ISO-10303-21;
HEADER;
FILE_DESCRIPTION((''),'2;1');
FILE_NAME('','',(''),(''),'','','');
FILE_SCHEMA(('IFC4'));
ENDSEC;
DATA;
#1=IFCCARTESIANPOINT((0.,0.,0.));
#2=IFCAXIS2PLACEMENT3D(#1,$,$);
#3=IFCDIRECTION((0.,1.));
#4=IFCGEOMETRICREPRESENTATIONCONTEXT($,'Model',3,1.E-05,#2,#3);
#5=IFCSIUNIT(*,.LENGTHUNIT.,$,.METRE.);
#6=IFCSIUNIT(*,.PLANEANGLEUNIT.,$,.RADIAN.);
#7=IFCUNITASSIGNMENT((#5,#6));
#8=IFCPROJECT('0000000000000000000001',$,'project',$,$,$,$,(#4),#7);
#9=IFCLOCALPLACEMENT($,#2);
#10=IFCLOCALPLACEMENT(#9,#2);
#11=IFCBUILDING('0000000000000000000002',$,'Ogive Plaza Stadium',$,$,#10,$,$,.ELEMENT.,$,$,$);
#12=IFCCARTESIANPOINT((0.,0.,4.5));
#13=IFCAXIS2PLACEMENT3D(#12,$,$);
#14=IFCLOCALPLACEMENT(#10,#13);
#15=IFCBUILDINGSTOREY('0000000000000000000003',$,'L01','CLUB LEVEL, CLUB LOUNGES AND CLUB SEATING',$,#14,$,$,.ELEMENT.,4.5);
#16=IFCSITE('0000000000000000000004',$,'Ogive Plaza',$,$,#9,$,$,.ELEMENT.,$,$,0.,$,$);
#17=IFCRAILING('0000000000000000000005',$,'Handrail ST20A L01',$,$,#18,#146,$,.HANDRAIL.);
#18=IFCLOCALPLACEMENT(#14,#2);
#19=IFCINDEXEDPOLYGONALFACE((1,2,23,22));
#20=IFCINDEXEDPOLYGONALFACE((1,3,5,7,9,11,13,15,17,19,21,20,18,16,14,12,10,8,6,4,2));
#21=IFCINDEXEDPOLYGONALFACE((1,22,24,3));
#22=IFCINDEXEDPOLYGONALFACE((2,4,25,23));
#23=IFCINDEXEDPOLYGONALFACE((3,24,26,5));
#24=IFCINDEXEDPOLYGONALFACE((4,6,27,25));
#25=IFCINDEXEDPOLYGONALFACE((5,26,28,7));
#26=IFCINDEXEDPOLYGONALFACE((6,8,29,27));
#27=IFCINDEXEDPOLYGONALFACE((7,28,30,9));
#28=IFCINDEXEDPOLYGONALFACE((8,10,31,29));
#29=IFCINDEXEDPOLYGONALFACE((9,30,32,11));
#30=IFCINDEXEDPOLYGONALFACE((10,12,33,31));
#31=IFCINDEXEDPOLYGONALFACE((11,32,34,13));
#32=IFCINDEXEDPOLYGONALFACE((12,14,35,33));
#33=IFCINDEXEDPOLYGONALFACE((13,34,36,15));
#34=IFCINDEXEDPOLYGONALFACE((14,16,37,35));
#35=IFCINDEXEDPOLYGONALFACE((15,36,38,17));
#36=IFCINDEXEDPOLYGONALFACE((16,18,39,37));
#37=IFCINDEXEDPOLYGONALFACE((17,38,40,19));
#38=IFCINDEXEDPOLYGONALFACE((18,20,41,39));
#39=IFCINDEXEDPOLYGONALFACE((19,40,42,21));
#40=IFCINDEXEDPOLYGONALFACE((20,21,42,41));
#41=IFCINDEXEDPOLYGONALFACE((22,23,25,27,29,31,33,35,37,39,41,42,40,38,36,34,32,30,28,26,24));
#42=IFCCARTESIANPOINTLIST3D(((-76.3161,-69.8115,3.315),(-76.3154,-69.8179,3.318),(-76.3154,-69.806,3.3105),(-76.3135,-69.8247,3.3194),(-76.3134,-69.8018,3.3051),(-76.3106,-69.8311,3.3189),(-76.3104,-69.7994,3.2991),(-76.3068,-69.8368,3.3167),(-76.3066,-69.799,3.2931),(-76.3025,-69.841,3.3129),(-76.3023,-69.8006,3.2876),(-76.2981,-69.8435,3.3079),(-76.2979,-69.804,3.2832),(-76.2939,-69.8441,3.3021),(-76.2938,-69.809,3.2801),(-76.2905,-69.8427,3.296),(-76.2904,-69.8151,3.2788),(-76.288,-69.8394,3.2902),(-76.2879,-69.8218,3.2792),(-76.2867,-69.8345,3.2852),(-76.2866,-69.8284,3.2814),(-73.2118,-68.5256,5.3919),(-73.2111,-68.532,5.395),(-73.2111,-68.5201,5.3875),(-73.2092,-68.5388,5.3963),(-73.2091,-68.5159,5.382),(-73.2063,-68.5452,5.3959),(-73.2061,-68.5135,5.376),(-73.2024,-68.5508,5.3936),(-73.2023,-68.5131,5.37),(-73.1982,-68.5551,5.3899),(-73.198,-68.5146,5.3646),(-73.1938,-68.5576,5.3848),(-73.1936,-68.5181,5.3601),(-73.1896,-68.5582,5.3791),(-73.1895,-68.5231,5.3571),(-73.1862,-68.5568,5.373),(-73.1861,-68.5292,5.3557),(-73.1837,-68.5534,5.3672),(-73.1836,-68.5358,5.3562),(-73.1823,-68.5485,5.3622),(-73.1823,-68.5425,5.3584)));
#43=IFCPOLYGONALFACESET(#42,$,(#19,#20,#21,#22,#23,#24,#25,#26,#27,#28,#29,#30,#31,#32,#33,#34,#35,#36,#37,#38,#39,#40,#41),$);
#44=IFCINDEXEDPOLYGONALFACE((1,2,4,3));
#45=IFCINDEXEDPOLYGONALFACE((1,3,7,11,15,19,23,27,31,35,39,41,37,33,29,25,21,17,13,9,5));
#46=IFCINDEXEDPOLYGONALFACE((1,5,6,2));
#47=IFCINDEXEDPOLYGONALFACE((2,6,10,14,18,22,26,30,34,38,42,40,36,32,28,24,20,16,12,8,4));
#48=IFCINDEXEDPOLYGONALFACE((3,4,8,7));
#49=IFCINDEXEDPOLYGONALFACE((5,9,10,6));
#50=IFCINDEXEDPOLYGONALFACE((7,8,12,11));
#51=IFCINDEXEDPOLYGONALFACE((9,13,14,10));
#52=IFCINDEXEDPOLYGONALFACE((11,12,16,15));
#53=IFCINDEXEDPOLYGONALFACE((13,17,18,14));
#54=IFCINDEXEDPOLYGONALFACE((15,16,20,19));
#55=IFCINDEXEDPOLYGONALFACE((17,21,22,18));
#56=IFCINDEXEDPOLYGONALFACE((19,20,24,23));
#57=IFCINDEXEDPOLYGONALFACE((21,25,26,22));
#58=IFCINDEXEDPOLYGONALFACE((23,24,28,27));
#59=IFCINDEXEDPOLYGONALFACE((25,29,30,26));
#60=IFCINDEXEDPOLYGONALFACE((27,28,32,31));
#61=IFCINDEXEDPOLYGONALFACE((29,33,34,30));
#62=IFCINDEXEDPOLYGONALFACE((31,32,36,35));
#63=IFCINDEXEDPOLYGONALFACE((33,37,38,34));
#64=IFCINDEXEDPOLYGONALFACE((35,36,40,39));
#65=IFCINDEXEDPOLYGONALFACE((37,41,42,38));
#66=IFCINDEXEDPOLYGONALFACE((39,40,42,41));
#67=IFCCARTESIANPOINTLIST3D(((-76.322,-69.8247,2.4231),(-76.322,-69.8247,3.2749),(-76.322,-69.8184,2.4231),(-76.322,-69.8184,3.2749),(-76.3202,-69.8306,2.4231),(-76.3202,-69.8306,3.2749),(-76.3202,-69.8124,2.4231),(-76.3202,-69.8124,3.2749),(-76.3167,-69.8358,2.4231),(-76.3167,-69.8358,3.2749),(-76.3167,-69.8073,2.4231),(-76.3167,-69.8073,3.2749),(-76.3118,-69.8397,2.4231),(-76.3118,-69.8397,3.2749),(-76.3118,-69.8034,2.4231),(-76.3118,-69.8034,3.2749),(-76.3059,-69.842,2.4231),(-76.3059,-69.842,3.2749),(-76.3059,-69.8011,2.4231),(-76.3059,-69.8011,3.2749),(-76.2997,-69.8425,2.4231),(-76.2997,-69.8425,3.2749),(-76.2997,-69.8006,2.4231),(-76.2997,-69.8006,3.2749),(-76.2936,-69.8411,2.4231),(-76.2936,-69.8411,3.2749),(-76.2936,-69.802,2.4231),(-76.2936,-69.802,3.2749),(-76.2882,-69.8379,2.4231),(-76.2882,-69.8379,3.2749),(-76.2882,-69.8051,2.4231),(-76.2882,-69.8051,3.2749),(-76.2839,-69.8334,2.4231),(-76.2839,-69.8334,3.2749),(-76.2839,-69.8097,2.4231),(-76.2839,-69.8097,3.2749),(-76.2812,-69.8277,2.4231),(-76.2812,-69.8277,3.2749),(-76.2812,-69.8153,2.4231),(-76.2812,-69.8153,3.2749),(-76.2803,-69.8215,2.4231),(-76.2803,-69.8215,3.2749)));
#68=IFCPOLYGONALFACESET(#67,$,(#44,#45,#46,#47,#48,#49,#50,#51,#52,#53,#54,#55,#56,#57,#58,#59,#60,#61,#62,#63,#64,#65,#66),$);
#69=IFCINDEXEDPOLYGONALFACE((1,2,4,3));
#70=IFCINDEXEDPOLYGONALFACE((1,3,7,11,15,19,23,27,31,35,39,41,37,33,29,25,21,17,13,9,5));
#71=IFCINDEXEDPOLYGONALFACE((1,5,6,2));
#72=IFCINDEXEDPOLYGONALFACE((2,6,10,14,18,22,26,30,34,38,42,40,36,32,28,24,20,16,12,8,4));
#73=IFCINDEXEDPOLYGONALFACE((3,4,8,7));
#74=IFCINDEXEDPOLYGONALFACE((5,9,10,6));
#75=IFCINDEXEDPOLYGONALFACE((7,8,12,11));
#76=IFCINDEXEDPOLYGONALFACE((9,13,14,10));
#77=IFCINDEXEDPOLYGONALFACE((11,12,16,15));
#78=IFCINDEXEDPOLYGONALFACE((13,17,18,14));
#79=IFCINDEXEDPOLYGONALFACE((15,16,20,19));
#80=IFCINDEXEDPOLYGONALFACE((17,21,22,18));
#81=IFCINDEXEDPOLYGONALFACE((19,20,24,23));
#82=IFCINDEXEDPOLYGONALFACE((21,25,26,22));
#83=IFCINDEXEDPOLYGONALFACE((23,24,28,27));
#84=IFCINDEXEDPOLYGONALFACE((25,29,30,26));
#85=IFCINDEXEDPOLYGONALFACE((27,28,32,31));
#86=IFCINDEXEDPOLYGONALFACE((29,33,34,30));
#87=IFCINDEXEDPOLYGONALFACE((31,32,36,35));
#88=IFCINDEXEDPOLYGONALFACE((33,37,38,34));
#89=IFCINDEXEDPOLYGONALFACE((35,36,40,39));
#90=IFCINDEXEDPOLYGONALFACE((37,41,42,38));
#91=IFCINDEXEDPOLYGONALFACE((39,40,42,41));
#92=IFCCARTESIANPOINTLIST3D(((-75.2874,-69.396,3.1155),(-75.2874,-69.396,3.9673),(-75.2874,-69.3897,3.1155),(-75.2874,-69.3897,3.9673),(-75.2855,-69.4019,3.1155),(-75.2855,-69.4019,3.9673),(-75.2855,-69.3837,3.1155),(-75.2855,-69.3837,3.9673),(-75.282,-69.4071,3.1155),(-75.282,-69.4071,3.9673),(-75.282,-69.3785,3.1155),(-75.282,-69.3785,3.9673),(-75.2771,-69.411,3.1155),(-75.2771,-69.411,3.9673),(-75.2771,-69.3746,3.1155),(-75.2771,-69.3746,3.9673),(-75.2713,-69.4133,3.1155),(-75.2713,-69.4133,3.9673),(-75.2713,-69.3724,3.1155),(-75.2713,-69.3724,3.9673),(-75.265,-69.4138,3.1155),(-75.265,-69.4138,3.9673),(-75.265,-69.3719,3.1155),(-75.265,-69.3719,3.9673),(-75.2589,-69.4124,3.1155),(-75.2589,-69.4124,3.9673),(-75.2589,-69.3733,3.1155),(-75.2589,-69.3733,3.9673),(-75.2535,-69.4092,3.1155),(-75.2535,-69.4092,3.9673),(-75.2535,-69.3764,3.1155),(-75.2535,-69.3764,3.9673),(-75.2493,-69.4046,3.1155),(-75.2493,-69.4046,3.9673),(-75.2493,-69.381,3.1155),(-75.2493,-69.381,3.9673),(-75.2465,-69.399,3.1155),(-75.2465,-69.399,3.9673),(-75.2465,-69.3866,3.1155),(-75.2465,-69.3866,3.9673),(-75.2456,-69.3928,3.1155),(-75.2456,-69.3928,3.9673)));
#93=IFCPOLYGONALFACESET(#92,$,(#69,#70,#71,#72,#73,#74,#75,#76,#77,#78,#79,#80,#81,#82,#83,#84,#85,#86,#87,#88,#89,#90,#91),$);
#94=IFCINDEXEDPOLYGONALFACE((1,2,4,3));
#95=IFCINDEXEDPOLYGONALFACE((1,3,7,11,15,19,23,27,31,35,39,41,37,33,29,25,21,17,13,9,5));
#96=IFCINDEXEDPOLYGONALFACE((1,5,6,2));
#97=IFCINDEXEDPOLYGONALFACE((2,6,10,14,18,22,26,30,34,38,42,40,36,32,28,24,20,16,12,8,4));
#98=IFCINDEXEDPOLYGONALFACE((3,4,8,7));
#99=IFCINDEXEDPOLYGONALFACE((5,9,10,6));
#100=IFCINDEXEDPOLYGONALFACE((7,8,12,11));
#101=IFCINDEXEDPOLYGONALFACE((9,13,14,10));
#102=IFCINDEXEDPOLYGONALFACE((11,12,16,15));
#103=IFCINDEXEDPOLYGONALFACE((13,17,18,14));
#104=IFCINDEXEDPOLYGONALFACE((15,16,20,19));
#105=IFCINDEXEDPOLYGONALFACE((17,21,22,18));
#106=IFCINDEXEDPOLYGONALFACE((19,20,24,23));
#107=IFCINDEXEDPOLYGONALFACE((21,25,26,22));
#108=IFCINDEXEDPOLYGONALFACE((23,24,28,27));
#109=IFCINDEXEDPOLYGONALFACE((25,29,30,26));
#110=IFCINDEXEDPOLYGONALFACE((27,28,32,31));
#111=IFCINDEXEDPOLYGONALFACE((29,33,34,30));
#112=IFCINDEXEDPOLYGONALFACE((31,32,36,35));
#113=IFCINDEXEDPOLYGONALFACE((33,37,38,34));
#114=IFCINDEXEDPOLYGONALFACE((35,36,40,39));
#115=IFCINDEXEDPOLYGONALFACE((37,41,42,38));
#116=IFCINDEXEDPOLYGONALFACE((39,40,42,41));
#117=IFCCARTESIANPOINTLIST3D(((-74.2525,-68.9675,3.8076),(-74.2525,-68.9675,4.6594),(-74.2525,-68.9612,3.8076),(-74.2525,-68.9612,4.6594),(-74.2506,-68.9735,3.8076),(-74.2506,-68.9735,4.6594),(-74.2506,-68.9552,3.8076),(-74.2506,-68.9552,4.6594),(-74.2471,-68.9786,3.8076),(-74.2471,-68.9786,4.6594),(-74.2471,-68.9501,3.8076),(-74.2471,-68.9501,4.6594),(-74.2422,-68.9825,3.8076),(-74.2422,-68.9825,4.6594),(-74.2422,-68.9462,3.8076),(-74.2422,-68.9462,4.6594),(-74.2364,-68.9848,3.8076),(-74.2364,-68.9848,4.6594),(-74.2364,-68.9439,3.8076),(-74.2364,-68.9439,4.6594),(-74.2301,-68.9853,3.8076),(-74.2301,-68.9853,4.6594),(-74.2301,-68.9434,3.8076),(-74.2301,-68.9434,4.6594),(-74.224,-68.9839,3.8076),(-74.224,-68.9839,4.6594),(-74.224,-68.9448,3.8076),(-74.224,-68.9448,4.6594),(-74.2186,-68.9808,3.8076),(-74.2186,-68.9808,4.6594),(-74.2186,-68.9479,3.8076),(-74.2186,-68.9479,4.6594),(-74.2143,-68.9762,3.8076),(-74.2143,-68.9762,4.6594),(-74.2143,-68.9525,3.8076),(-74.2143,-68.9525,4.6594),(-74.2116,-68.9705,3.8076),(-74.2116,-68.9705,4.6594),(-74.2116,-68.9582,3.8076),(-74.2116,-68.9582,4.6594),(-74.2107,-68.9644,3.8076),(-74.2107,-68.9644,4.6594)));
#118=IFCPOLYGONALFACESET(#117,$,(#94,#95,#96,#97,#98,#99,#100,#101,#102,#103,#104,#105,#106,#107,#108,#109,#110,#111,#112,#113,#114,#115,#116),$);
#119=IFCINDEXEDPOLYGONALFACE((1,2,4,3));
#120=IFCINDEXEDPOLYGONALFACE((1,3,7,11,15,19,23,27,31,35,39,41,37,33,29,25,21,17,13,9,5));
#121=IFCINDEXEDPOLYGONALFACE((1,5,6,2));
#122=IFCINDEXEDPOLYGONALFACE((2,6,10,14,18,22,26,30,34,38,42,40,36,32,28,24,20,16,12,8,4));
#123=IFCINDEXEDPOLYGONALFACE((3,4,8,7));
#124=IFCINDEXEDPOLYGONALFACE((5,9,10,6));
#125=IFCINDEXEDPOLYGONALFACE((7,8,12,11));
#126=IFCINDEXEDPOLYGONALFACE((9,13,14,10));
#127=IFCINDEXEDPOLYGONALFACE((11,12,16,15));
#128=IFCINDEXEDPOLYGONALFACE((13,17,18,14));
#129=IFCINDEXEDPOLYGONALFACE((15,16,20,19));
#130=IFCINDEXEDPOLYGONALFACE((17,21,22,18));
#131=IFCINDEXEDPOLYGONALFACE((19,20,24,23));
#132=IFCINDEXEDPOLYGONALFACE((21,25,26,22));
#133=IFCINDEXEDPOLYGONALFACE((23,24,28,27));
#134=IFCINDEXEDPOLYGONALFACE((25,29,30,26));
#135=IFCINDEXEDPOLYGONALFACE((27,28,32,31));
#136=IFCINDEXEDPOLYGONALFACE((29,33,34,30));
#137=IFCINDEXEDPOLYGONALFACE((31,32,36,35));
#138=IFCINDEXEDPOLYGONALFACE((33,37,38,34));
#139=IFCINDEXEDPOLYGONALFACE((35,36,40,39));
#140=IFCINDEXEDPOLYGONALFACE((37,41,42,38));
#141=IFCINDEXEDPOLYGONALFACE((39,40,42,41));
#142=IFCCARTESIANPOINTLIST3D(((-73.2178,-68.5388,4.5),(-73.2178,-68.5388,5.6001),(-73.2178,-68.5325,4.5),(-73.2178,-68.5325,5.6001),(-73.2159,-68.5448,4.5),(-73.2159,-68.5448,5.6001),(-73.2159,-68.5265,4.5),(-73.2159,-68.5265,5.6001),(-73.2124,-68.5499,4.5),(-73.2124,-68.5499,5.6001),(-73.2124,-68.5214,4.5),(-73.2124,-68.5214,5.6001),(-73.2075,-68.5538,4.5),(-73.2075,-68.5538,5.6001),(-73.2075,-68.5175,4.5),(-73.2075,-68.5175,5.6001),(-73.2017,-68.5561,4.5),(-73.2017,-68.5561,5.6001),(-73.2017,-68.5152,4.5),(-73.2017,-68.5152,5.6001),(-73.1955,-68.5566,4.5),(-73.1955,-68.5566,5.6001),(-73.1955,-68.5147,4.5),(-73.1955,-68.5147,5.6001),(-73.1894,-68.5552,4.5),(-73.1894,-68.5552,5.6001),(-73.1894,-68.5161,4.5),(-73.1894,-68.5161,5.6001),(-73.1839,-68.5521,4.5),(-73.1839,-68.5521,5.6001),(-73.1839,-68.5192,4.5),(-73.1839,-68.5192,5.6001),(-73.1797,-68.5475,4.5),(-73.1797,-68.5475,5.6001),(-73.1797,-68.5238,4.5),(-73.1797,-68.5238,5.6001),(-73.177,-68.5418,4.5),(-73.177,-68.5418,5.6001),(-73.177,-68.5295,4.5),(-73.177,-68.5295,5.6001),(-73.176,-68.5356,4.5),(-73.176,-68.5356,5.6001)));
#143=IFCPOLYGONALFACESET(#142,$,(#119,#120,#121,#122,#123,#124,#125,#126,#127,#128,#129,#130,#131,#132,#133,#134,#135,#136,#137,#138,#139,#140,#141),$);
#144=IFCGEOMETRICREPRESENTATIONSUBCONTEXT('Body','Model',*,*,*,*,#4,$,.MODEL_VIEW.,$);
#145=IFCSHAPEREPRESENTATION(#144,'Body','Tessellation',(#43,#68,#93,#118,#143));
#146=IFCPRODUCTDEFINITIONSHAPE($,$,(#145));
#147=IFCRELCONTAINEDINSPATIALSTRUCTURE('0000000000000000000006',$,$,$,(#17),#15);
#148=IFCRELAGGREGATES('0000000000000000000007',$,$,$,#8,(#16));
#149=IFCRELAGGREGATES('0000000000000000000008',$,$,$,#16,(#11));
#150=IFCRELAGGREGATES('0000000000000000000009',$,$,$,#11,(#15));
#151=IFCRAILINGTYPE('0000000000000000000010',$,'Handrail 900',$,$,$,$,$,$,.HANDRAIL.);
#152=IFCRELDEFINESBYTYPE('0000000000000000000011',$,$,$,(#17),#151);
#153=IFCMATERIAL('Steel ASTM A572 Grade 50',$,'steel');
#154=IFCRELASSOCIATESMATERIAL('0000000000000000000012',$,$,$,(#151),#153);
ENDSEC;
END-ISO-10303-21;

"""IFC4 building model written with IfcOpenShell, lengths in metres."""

from ifc_helpers import new_model, si_unit, direction, frame, origin, origin_2d, place, context, subcontext, project, spatial, circle, extrude, material, type_object, element, save


model = new_model("IFC4")

# Units and contexts
model_context = context("Model", 3, precision=1e-05, world=origin(), true_north=direction((0.0, 1.0)))
body_context = subcontext(model_context, "Body", "Model", "MODEL_VIEW")
ifc_project = project(units=[si_unit("LENGTHUNIT", "METRE"), si_unit("PLANEANGLEUNIT", "RADIAN")], contexts=[model_context])

# Site, building, storey
site_placement = place(None, origin())
site = spatial("IfcSite", under=ifc_project, at=site_placement, Name="Ogive Plaza", CompositionType="ELEMENT", RefElevation=0.0)
building_placement = place(site_placement, origin())
building = spatial("IfcBuilding", under=site, at=building_placement, Name="Ogive Plaza Stadium", CompositionType="ELEMENT")
storey_placement = place(building_placement, frame((0.0, 0.0, 4.5)))
storey = spatial("IfcBuildingStorey", under=building, at=storey_placement, Name="L01", Description="CLUB LEVEL, CLUB LOUNGES AND CLUB SEATING", CompositionType="ELEMENT", Elevation=4.5)

# Railing
ifc_material_1 = material(Name="Steel ASTM A572 Grade 50", Category="steel")
railing_type_1 = type_object("IfcRailingType", Name="Handrail 900", PredefinedType="HANDRAIL", material=ifc_material_1)
railing_1_placement = place(storey_placement, frame((-76.3013, -69.8215, 2.4231)))
element("IfcRailing", 1, at=railing_1_placement, inside=storey, type_object=railing_type_1, Name="Handrail ST20A L01", PredefinedType="HANDRAIL", context=body_context, shape_type="SweptSolid", body=[
    extrude(circle(Radius=0.0239, at=origin_2d()), frame((0.0, 0.0, 0.876), z_axis=(0.785863, 0.325532, 0.525783), x_axis=(-0.3827, 0.923872, 0.0)), (0.0, 0.0, 1.0), 3.9502),
    extrude(circle(Radius=0.021, at=origin_2d()), origin(), (0.0, 0.0, 1.0), 0.8518),
    extrude(circle(Radius=0.021, at=origin_2d()), frame((1.0347, 0.4287, 0.6924)), (0.0, 0.0, 1.0), 0.8518),
    extrude(circle(Radius=0.021, at=origin_2d()), frame((2.0696, 0.8572, 1.3845)), (0.0, 0.0, 1.0), 0.8518),
    extrude(circle(Radius=0.021, at=origin_2d()), frame((3.1042, 1.2859, 2.0769)), (0.0, 0.0, 1.0), 1.1001),
])

save(model, "model.ifc")
